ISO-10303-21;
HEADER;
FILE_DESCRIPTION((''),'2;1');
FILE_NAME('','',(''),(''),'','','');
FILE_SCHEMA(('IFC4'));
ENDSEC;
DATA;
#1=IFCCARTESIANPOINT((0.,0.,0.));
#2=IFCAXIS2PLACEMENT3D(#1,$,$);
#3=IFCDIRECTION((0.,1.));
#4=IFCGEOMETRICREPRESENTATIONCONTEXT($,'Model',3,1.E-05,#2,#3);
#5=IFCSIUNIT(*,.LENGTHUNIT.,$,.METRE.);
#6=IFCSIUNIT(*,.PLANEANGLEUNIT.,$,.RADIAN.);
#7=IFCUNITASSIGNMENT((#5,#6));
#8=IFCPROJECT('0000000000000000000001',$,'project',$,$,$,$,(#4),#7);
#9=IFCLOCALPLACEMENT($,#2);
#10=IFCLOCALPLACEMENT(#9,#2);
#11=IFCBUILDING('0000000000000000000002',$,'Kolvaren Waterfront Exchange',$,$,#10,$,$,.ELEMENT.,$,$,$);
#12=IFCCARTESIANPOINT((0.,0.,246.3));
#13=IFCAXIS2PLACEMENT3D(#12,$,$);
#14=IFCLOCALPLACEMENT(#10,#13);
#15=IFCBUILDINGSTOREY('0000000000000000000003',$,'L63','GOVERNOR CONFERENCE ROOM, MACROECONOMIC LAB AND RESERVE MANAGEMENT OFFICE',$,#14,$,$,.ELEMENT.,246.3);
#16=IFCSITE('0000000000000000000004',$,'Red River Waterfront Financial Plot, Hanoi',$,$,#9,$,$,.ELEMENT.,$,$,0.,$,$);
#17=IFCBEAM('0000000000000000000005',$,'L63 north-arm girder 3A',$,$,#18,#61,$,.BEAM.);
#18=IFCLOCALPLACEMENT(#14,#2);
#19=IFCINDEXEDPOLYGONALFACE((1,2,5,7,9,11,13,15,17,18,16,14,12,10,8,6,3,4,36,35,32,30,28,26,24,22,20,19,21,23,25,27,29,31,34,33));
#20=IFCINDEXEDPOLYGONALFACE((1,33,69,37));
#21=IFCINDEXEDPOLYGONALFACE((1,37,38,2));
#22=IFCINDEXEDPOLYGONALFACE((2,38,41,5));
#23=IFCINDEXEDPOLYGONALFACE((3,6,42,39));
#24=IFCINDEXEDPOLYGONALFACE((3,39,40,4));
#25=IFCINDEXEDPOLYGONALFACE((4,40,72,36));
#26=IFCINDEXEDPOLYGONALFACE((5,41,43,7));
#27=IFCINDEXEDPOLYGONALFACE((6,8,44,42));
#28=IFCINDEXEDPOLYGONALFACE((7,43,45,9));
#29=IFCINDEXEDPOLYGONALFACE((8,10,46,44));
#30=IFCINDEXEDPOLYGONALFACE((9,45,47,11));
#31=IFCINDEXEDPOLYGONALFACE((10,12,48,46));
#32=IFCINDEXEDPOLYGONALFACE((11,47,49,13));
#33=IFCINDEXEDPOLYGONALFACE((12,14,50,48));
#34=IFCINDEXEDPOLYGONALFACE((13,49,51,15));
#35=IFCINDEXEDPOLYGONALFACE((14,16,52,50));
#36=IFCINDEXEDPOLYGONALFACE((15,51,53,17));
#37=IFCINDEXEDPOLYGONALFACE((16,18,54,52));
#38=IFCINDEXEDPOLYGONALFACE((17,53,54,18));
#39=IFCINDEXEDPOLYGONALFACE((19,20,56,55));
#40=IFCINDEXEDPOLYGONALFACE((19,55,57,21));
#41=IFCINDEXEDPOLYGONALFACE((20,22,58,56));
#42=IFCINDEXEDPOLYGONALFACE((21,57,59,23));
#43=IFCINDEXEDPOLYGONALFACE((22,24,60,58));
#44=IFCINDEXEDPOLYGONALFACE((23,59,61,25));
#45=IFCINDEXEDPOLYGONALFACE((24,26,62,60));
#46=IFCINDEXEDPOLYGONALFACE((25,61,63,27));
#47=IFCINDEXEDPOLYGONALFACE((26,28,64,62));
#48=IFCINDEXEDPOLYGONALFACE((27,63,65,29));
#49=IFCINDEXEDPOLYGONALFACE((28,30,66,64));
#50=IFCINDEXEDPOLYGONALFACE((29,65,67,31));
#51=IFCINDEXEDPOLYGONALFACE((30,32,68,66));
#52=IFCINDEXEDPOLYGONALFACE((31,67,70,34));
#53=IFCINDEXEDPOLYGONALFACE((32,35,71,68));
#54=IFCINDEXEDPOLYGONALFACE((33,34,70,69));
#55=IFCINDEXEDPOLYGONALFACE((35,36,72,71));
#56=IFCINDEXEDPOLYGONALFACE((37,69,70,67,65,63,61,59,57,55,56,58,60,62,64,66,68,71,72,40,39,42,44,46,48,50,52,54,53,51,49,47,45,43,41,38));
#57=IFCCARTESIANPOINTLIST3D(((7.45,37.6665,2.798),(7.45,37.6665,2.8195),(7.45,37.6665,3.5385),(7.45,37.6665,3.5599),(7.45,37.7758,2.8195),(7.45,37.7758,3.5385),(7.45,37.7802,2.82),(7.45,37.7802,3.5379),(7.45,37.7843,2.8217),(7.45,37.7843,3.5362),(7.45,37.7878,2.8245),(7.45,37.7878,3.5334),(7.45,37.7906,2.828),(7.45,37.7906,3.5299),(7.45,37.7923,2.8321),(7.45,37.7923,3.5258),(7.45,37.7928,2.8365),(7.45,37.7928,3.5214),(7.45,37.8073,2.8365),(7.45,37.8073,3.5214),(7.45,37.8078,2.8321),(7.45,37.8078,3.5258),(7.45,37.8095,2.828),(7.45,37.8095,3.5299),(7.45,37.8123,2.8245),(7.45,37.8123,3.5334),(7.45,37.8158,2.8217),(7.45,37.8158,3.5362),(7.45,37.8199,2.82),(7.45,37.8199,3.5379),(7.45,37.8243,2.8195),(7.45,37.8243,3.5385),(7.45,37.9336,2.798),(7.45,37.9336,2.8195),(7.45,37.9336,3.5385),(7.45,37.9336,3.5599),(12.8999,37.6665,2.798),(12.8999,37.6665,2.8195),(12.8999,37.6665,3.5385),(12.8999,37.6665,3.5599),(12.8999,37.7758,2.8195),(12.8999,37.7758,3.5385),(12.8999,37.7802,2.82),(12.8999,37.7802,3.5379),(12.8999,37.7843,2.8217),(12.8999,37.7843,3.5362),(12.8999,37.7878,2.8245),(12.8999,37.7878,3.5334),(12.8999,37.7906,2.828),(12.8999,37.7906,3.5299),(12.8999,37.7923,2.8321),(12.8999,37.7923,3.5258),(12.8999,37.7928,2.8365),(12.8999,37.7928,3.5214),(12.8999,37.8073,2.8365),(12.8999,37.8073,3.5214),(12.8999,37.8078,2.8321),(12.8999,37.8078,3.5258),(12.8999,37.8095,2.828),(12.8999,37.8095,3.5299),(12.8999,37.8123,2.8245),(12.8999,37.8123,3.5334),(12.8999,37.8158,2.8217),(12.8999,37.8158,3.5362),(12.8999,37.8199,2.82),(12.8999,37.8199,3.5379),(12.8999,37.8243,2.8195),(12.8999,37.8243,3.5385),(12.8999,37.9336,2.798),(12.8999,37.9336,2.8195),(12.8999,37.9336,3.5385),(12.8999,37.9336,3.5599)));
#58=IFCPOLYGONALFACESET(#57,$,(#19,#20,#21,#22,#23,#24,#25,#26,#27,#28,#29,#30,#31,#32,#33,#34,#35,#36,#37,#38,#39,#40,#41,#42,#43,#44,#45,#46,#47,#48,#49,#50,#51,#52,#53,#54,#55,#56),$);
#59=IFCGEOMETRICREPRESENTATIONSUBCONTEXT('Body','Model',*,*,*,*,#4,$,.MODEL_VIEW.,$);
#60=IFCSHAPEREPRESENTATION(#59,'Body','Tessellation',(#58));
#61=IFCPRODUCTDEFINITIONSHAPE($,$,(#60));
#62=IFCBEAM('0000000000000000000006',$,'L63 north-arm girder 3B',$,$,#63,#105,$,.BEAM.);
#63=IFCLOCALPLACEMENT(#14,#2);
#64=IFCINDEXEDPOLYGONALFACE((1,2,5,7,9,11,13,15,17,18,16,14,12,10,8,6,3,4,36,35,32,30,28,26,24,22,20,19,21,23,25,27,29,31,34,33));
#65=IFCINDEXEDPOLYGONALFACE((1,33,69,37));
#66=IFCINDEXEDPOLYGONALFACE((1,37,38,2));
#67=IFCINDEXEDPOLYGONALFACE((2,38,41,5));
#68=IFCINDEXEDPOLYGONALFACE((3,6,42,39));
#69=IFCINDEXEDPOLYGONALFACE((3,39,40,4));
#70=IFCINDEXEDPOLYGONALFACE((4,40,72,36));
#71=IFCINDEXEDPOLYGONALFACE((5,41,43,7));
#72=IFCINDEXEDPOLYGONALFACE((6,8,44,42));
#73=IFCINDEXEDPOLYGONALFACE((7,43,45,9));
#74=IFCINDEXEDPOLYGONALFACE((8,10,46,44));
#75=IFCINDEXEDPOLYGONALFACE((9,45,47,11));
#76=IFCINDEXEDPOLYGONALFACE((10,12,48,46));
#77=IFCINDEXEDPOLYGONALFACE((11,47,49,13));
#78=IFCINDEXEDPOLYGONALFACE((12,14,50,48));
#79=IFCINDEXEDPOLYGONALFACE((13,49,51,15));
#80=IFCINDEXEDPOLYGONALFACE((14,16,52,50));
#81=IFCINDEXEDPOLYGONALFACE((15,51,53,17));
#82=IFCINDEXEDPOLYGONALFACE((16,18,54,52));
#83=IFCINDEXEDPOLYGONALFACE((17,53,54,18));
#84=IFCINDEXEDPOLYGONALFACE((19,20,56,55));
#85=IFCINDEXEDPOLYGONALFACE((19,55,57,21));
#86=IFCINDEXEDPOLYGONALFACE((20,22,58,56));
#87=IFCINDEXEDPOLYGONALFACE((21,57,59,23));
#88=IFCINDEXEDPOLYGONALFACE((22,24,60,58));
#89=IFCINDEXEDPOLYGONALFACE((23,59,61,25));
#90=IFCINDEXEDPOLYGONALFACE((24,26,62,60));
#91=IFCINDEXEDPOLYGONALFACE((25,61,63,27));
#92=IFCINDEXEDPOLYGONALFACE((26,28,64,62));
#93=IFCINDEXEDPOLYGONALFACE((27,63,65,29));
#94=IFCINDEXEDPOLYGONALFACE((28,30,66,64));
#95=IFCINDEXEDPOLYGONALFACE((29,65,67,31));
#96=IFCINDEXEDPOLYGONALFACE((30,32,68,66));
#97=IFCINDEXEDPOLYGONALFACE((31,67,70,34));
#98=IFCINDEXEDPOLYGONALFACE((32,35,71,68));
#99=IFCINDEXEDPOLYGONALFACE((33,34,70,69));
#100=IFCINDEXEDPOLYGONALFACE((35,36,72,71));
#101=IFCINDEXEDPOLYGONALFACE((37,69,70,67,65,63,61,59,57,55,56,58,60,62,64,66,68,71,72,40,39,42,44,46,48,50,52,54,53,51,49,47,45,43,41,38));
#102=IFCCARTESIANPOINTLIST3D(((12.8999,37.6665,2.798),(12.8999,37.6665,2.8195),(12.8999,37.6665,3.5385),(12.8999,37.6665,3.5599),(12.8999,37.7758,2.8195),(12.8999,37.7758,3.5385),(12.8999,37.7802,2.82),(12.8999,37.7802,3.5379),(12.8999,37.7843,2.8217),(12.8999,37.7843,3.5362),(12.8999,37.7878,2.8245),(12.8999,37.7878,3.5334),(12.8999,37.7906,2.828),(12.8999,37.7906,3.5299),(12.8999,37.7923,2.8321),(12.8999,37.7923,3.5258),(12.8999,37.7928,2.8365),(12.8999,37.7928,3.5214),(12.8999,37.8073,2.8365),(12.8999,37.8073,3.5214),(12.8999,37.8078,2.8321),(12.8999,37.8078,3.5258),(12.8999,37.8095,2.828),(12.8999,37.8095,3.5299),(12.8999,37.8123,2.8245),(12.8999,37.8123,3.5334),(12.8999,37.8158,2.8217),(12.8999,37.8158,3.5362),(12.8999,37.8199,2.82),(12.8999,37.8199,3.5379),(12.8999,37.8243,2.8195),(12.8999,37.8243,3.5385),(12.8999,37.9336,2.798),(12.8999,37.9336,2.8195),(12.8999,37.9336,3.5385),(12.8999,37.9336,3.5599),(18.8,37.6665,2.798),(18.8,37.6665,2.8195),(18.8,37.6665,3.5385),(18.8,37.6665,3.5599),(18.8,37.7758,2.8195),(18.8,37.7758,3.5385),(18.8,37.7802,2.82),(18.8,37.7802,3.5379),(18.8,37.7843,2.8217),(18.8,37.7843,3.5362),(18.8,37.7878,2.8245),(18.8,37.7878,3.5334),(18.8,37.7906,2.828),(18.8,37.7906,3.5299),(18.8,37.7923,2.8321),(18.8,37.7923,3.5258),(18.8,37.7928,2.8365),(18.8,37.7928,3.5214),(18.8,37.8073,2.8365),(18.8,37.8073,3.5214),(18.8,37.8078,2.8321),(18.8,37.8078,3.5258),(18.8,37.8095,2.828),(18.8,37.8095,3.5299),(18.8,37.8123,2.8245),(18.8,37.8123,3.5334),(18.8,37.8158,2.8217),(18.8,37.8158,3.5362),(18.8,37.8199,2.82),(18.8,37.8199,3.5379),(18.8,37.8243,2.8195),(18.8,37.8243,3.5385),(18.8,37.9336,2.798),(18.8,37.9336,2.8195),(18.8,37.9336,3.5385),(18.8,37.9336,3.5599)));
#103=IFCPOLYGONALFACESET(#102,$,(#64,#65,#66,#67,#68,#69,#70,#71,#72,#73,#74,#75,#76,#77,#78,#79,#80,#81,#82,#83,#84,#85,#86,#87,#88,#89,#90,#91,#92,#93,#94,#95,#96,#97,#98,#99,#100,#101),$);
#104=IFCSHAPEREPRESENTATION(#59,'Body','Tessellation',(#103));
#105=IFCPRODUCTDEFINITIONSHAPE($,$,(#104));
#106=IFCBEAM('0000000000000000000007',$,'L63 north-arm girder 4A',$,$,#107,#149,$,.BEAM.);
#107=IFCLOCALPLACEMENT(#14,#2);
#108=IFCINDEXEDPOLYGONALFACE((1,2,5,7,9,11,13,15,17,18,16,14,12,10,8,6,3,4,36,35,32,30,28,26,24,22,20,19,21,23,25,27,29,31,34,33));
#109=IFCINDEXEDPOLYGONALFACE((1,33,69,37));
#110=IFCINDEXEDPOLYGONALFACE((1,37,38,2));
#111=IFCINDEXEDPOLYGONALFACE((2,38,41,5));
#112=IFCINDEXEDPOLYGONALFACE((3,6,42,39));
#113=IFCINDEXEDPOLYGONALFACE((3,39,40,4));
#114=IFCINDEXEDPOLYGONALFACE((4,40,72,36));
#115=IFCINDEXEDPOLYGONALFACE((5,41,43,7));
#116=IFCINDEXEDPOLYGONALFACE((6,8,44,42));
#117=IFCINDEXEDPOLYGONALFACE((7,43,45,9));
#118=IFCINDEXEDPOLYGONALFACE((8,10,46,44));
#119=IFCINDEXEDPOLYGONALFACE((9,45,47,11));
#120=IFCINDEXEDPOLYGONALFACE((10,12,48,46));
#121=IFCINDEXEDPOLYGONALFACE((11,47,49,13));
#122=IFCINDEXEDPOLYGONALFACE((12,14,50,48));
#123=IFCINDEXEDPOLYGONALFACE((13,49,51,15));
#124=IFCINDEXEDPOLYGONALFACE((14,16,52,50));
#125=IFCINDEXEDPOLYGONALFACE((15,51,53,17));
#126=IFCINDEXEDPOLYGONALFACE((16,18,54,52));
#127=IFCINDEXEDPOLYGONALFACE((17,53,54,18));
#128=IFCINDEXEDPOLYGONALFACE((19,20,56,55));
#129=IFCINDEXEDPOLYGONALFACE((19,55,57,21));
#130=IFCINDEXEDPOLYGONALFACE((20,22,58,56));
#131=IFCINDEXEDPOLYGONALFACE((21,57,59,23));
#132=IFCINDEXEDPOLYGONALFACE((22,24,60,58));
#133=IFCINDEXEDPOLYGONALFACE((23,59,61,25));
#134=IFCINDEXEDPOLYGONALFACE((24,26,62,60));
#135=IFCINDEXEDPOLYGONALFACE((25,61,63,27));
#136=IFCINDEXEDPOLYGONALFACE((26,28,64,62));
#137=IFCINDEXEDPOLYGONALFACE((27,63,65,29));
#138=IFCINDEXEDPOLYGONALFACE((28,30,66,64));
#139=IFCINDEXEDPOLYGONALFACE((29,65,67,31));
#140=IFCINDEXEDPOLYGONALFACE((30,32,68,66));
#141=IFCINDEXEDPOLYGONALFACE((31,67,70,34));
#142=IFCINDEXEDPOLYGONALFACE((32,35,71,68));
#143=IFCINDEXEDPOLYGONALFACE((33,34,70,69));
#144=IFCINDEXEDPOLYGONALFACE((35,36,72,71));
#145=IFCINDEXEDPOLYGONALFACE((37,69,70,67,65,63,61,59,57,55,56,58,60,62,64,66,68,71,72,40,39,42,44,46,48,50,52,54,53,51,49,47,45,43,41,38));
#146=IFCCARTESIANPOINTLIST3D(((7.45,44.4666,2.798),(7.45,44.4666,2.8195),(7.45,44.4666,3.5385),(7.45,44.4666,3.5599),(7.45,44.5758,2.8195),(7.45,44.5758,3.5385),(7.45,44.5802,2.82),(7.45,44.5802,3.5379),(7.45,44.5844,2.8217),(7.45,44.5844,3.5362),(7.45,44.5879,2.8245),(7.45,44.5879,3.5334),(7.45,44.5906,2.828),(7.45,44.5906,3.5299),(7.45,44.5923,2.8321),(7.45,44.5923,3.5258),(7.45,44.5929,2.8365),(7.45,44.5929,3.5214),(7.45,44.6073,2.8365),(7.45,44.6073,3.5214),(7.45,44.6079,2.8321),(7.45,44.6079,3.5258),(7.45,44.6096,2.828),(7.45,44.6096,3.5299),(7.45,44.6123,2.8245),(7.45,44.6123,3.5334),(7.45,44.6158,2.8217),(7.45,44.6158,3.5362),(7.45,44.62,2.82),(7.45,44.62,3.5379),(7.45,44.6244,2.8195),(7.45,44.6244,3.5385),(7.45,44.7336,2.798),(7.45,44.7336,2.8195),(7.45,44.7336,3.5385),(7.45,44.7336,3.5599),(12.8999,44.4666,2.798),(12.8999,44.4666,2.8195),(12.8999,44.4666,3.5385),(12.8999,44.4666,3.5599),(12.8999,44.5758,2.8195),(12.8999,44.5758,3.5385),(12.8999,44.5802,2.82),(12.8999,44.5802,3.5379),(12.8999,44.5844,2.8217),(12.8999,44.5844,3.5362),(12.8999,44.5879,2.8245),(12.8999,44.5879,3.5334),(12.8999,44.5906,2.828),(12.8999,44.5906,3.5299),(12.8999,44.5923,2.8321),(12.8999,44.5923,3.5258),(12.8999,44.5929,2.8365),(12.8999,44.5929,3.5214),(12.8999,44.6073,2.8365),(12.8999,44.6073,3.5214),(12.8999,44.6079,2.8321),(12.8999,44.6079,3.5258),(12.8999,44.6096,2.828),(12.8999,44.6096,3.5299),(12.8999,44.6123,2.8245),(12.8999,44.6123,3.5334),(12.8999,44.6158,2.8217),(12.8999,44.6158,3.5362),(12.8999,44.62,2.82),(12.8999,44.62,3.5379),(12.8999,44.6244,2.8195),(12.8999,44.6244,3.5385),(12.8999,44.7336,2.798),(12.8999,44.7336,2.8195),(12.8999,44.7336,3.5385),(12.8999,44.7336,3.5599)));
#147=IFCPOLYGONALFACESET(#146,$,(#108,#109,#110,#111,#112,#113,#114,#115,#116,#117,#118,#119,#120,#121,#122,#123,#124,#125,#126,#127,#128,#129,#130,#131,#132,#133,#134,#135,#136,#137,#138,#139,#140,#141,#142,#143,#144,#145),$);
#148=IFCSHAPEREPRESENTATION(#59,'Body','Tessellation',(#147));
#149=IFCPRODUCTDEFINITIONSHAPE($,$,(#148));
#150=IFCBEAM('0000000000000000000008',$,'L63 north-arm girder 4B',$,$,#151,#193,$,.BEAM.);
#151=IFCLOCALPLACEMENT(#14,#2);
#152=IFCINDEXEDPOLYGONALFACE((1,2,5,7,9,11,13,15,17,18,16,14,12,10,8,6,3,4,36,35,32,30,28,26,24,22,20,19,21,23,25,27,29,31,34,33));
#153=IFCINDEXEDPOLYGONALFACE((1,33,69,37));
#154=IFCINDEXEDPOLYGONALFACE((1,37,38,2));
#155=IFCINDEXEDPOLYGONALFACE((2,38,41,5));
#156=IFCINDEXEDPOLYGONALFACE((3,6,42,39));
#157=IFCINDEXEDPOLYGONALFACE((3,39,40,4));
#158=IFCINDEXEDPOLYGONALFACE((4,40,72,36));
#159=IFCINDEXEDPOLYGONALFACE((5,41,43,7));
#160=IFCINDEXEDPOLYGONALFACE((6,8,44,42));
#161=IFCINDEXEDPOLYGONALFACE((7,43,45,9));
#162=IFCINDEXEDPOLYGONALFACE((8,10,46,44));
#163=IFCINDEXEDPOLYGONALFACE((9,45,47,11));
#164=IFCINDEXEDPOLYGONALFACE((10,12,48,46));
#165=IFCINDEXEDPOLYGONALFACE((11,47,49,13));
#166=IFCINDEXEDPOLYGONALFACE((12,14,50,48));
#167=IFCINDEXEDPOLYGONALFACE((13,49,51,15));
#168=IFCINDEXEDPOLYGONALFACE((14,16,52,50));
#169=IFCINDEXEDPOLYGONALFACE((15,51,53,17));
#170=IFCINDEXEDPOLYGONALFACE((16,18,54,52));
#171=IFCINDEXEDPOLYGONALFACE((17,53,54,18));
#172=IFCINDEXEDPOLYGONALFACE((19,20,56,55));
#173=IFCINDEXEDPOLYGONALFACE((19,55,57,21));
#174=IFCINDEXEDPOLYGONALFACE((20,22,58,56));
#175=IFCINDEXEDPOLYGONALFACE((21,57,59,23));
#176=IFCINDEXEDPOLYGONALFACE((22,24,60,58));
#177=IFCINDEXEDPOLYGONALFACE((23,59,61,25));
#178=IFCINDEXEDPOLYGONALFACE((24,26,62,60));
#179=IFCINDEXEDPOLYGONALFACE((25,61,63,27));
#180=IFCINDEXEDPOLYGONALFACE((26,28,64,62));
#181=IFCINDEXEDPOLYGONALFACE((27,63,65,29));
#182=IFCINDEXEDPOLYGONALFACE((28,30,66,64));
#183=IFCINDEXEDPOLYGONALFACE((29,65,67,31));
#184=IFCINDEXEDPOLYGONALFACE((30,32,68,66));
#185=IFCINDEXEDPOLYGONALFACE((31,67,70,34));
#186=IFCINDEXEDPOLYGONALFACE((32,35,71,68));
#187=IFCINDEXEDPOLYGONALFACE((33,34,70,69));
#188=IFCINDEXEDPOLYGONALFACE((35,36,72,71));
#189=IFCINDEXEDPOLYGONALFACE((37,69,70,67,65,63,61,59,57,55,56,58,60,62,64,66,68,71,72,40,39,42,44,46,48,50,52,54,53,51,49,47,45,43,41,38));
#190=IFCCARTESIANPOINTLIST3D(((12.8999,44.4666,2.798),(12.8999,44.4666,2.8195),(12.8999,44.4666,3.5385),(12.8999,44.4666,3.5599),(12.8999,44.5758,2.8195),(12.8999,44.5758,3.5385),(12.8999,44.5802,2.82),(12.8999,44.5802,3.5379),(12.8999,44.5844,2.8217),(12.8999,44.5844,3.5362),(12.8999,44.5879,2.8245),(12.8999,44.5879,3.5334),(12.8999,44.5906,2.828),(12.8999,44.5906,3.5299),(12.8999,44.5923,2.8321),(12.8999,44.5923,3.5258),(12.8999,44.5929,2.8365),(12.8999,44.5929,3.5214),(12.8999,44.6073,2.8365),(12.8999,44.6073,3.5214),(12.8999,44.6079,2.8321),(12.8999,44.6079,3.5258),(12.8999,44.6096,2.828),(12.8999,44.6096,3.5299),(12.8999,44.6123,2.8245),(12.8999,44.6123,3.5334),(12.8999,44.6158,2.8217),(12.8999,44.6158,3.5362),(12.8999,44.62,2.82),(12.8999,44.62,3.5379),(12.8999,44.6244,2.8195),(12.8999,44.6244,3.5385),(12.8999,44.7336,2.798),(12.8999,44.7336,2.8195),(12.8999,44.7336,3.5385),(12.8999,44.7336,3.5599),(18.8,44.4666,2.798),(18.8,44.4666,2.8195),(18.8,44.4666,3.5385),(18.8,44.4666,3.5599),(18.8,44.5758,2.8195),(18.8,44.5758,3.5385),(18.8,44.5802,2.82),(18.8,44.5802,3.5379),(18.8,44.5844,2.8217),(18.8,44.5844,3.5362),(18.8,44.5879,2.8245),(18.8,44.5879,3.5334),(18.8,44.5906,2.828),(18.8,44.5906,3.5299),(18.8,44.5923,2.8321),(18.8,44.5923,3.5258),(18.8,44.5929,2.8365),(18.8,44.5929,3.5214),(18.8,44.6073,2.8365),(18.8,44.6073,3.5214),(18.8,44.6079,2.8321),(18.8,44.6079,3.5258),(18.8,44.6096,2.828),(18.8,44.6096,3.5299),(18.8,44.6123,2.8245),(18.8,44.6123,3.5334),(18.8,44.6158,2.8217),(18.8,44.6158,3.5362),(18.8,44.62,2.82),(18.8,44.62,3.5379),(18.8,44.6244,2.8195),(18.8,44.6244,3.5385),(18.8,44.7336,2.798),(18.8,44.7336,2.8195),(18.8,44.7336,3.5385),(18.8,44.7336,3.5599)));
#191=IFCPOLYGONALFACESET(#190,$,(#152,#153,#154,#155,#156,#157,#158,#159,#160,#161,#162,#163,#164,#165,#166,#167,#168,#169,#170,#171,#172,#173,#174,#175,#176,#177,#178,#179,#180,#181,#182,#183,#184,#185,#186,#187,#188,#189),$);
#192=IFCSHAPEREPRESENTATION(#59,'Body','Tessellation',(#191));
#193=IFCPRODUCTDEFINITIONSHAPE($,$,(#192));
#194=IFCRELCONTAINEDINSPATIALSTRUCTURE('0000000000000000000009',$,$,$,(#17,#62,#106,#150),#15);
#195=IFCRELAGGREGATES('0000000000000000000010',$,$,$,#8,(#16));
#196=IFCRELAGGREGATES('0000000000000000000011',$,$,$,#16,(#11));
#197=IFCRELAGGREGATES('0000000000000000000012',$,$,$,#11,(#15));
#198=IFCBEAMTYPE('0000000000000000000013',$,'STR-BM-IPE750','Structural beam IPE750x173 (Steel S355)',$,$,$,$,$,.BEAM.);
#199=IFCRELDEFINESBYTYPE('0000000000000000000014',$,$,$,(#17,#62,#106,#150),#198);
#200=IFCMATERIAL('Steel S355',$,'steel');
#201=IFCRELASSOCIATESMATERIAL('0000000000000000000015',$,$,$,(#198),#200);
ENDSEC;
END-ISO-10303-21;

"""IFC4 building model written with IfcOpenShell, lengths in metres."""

from ifc_helpers import new_model, si_unit, direction, frame, origin, origin_2d, place, context, subcontext, project, spatial, i_section, extrude, material, material_profile, profile_set, type_object, element, save


model = new_model("IFC4")

# Units and contexts
model_context = context("Model", 3, precision=1e-05, world=origin(), true_north=direction((0.0, 1.0)))
body_context = subcontext(model_context, "Body", "Model", "MODEL_VIEW")
ifc_project = project(units=[si_unit("LENGTHUNIT", "METRE"), si_unit("PLANEANGLEUNIT", "RADIAN")], contexts=[model_context])

# Site, building, storey
site_placement = place(None, origin())
site = spatial("IfcSite", under=ifc_project, at=site_placement, Name="Red River Waterfront Financial Plot, Hanoi", CompositionType="ELEMENT", RefElevation=0.0)
building_placement = place(site_placement, origin())
building = spatial("IfcBuilding", under=site, at=building_placement, Name="Kolvaren Waterfront Exchange", CompositionType="ELEMENT")
storey_placement = place(building_placement, frame((0.0, 0.0, 246.3)))
storey = spatial("IfcBuildingStorey", under=building, at=storey_placement, Name="L63", Description="GOVERNOR CONFERENCE ROOM, MACROECONOMIC LAB AND RESERVE MANAGEMENT OFFICE", CompositionType="ELEMENT", Elevation=246.3)

# Beams
ifc_material_1 = material(Name="Steel S355", Category="steel")
ifc_material_profile_1 = material_profile(ifc_material_1, i_section(OverallWidth=0.2671, OverallDepth=0.762, WebThickness=0.0144, FlangeThickness=0.0215, FilletRadius=0.0171, at=origin_2d()), Name="IPE750x173")
ifc_profile_set_1 = profile_set([ifc_material_profile_1], Name="Steel S355")
beam_type_1 = type_object("IfcBeamType", Name="STR-BM-IPE750", Description="Structural beam IPE750x173 (Steel S355)", PredefinedType="BEAM", material=ifc_profile_set_1)
beam_1_placement = place(storey_placement, frame((7.45, 37.8, 3.179), z_axis=(1.0, 0.0, 0.0), x_axis=(0.0, 1.0, 0.0)))
element("IfcBeam", 1, at=beam_1_placement, inside=storey, type_object=beam_type_1, Name="L63 north-arm girder 3A", PredefinedType="BEAM", context=body_context, shape_type="SweptSolid", body=[
    extrude(i_section(OverallWidth=0.2671, OverallDepth=0.762, WebThickness=0.0144, FlangeThickness=0.0215, FilletRadius=0.0171, at=origin_2d()), origin(), (0.0, 0.0, 1.0), 5.45),
])
beam_2_placement = place(storey_placement, frame((12.8999, 37.8, 3.179), z_axis=(1.0, 0.0, 0.0), x_axis=(0.0, 1.0, 0.0)))
element("IfcBeam", 2, at=beam_2_placement, inside=storey, type_object=beam_type_1, Name="L63 north-arm girder 3B", PredefinedType="BEAM", context=body_context, shape_type="SweptSolid", body=[
    extrude(i_section(OverallWidth=0.2671, OverallDepth=0.762, WebThickness=0.0144, FlangeThickness=0.0215, FilletRadius=0.0171, at=origin_2d()), origin(), (0.0, 0.0, 1.0), 5.9001),
])
beam_3_placement = place(storey_placement, frame((7.45, 44.6001, 3.179), z_axis=(1.0, 0.0, 0.0), x_axis=(0.0, 1.0, 0.0)))
element("IfcBeam", 3, at=beam_3_placement, inside=storey, type_object=beam_type_1, Name="L63 north-arm girder 4A", PredefinedType="BEAM", context=body_context, shape_type="SweptSolid", body=[
    extrude(i_section(OverallWidth=0.2671, OverallDepth=0.762, WebThickness=0.0144, FlangeThickness=0.0215, FilletRadius=0.0171, at=origin_2d()), origin(), (0.0, 0.0, 1.0), 5.45),
])
beam_4_placement = place(storey_placement, frame((12.8999, 44.6001, 3.179), z_axis=(1.0, 0.0, 0.0), x_axis=(0.0, 1.0, 0.0)))
element("IfcBeam", 4, at=beam_4_placement, inside=storey, type_object=beam_type_1, Name="L63 north-arm girder 4B", PredefinedType="BEAM", context=body_context, shape_type="SweptSolid", body=[
    extrude(i_section(OverallWidth=0.2671, OverallDepth=0.762, WebThickness=0.0144, FlangeThickness=0.0215, FilletRadius=0.0171, at=origin_2d()), origin(), (0.0, 0.0, 1.0), 5.9001),
])

save(model, "model.ifc")
